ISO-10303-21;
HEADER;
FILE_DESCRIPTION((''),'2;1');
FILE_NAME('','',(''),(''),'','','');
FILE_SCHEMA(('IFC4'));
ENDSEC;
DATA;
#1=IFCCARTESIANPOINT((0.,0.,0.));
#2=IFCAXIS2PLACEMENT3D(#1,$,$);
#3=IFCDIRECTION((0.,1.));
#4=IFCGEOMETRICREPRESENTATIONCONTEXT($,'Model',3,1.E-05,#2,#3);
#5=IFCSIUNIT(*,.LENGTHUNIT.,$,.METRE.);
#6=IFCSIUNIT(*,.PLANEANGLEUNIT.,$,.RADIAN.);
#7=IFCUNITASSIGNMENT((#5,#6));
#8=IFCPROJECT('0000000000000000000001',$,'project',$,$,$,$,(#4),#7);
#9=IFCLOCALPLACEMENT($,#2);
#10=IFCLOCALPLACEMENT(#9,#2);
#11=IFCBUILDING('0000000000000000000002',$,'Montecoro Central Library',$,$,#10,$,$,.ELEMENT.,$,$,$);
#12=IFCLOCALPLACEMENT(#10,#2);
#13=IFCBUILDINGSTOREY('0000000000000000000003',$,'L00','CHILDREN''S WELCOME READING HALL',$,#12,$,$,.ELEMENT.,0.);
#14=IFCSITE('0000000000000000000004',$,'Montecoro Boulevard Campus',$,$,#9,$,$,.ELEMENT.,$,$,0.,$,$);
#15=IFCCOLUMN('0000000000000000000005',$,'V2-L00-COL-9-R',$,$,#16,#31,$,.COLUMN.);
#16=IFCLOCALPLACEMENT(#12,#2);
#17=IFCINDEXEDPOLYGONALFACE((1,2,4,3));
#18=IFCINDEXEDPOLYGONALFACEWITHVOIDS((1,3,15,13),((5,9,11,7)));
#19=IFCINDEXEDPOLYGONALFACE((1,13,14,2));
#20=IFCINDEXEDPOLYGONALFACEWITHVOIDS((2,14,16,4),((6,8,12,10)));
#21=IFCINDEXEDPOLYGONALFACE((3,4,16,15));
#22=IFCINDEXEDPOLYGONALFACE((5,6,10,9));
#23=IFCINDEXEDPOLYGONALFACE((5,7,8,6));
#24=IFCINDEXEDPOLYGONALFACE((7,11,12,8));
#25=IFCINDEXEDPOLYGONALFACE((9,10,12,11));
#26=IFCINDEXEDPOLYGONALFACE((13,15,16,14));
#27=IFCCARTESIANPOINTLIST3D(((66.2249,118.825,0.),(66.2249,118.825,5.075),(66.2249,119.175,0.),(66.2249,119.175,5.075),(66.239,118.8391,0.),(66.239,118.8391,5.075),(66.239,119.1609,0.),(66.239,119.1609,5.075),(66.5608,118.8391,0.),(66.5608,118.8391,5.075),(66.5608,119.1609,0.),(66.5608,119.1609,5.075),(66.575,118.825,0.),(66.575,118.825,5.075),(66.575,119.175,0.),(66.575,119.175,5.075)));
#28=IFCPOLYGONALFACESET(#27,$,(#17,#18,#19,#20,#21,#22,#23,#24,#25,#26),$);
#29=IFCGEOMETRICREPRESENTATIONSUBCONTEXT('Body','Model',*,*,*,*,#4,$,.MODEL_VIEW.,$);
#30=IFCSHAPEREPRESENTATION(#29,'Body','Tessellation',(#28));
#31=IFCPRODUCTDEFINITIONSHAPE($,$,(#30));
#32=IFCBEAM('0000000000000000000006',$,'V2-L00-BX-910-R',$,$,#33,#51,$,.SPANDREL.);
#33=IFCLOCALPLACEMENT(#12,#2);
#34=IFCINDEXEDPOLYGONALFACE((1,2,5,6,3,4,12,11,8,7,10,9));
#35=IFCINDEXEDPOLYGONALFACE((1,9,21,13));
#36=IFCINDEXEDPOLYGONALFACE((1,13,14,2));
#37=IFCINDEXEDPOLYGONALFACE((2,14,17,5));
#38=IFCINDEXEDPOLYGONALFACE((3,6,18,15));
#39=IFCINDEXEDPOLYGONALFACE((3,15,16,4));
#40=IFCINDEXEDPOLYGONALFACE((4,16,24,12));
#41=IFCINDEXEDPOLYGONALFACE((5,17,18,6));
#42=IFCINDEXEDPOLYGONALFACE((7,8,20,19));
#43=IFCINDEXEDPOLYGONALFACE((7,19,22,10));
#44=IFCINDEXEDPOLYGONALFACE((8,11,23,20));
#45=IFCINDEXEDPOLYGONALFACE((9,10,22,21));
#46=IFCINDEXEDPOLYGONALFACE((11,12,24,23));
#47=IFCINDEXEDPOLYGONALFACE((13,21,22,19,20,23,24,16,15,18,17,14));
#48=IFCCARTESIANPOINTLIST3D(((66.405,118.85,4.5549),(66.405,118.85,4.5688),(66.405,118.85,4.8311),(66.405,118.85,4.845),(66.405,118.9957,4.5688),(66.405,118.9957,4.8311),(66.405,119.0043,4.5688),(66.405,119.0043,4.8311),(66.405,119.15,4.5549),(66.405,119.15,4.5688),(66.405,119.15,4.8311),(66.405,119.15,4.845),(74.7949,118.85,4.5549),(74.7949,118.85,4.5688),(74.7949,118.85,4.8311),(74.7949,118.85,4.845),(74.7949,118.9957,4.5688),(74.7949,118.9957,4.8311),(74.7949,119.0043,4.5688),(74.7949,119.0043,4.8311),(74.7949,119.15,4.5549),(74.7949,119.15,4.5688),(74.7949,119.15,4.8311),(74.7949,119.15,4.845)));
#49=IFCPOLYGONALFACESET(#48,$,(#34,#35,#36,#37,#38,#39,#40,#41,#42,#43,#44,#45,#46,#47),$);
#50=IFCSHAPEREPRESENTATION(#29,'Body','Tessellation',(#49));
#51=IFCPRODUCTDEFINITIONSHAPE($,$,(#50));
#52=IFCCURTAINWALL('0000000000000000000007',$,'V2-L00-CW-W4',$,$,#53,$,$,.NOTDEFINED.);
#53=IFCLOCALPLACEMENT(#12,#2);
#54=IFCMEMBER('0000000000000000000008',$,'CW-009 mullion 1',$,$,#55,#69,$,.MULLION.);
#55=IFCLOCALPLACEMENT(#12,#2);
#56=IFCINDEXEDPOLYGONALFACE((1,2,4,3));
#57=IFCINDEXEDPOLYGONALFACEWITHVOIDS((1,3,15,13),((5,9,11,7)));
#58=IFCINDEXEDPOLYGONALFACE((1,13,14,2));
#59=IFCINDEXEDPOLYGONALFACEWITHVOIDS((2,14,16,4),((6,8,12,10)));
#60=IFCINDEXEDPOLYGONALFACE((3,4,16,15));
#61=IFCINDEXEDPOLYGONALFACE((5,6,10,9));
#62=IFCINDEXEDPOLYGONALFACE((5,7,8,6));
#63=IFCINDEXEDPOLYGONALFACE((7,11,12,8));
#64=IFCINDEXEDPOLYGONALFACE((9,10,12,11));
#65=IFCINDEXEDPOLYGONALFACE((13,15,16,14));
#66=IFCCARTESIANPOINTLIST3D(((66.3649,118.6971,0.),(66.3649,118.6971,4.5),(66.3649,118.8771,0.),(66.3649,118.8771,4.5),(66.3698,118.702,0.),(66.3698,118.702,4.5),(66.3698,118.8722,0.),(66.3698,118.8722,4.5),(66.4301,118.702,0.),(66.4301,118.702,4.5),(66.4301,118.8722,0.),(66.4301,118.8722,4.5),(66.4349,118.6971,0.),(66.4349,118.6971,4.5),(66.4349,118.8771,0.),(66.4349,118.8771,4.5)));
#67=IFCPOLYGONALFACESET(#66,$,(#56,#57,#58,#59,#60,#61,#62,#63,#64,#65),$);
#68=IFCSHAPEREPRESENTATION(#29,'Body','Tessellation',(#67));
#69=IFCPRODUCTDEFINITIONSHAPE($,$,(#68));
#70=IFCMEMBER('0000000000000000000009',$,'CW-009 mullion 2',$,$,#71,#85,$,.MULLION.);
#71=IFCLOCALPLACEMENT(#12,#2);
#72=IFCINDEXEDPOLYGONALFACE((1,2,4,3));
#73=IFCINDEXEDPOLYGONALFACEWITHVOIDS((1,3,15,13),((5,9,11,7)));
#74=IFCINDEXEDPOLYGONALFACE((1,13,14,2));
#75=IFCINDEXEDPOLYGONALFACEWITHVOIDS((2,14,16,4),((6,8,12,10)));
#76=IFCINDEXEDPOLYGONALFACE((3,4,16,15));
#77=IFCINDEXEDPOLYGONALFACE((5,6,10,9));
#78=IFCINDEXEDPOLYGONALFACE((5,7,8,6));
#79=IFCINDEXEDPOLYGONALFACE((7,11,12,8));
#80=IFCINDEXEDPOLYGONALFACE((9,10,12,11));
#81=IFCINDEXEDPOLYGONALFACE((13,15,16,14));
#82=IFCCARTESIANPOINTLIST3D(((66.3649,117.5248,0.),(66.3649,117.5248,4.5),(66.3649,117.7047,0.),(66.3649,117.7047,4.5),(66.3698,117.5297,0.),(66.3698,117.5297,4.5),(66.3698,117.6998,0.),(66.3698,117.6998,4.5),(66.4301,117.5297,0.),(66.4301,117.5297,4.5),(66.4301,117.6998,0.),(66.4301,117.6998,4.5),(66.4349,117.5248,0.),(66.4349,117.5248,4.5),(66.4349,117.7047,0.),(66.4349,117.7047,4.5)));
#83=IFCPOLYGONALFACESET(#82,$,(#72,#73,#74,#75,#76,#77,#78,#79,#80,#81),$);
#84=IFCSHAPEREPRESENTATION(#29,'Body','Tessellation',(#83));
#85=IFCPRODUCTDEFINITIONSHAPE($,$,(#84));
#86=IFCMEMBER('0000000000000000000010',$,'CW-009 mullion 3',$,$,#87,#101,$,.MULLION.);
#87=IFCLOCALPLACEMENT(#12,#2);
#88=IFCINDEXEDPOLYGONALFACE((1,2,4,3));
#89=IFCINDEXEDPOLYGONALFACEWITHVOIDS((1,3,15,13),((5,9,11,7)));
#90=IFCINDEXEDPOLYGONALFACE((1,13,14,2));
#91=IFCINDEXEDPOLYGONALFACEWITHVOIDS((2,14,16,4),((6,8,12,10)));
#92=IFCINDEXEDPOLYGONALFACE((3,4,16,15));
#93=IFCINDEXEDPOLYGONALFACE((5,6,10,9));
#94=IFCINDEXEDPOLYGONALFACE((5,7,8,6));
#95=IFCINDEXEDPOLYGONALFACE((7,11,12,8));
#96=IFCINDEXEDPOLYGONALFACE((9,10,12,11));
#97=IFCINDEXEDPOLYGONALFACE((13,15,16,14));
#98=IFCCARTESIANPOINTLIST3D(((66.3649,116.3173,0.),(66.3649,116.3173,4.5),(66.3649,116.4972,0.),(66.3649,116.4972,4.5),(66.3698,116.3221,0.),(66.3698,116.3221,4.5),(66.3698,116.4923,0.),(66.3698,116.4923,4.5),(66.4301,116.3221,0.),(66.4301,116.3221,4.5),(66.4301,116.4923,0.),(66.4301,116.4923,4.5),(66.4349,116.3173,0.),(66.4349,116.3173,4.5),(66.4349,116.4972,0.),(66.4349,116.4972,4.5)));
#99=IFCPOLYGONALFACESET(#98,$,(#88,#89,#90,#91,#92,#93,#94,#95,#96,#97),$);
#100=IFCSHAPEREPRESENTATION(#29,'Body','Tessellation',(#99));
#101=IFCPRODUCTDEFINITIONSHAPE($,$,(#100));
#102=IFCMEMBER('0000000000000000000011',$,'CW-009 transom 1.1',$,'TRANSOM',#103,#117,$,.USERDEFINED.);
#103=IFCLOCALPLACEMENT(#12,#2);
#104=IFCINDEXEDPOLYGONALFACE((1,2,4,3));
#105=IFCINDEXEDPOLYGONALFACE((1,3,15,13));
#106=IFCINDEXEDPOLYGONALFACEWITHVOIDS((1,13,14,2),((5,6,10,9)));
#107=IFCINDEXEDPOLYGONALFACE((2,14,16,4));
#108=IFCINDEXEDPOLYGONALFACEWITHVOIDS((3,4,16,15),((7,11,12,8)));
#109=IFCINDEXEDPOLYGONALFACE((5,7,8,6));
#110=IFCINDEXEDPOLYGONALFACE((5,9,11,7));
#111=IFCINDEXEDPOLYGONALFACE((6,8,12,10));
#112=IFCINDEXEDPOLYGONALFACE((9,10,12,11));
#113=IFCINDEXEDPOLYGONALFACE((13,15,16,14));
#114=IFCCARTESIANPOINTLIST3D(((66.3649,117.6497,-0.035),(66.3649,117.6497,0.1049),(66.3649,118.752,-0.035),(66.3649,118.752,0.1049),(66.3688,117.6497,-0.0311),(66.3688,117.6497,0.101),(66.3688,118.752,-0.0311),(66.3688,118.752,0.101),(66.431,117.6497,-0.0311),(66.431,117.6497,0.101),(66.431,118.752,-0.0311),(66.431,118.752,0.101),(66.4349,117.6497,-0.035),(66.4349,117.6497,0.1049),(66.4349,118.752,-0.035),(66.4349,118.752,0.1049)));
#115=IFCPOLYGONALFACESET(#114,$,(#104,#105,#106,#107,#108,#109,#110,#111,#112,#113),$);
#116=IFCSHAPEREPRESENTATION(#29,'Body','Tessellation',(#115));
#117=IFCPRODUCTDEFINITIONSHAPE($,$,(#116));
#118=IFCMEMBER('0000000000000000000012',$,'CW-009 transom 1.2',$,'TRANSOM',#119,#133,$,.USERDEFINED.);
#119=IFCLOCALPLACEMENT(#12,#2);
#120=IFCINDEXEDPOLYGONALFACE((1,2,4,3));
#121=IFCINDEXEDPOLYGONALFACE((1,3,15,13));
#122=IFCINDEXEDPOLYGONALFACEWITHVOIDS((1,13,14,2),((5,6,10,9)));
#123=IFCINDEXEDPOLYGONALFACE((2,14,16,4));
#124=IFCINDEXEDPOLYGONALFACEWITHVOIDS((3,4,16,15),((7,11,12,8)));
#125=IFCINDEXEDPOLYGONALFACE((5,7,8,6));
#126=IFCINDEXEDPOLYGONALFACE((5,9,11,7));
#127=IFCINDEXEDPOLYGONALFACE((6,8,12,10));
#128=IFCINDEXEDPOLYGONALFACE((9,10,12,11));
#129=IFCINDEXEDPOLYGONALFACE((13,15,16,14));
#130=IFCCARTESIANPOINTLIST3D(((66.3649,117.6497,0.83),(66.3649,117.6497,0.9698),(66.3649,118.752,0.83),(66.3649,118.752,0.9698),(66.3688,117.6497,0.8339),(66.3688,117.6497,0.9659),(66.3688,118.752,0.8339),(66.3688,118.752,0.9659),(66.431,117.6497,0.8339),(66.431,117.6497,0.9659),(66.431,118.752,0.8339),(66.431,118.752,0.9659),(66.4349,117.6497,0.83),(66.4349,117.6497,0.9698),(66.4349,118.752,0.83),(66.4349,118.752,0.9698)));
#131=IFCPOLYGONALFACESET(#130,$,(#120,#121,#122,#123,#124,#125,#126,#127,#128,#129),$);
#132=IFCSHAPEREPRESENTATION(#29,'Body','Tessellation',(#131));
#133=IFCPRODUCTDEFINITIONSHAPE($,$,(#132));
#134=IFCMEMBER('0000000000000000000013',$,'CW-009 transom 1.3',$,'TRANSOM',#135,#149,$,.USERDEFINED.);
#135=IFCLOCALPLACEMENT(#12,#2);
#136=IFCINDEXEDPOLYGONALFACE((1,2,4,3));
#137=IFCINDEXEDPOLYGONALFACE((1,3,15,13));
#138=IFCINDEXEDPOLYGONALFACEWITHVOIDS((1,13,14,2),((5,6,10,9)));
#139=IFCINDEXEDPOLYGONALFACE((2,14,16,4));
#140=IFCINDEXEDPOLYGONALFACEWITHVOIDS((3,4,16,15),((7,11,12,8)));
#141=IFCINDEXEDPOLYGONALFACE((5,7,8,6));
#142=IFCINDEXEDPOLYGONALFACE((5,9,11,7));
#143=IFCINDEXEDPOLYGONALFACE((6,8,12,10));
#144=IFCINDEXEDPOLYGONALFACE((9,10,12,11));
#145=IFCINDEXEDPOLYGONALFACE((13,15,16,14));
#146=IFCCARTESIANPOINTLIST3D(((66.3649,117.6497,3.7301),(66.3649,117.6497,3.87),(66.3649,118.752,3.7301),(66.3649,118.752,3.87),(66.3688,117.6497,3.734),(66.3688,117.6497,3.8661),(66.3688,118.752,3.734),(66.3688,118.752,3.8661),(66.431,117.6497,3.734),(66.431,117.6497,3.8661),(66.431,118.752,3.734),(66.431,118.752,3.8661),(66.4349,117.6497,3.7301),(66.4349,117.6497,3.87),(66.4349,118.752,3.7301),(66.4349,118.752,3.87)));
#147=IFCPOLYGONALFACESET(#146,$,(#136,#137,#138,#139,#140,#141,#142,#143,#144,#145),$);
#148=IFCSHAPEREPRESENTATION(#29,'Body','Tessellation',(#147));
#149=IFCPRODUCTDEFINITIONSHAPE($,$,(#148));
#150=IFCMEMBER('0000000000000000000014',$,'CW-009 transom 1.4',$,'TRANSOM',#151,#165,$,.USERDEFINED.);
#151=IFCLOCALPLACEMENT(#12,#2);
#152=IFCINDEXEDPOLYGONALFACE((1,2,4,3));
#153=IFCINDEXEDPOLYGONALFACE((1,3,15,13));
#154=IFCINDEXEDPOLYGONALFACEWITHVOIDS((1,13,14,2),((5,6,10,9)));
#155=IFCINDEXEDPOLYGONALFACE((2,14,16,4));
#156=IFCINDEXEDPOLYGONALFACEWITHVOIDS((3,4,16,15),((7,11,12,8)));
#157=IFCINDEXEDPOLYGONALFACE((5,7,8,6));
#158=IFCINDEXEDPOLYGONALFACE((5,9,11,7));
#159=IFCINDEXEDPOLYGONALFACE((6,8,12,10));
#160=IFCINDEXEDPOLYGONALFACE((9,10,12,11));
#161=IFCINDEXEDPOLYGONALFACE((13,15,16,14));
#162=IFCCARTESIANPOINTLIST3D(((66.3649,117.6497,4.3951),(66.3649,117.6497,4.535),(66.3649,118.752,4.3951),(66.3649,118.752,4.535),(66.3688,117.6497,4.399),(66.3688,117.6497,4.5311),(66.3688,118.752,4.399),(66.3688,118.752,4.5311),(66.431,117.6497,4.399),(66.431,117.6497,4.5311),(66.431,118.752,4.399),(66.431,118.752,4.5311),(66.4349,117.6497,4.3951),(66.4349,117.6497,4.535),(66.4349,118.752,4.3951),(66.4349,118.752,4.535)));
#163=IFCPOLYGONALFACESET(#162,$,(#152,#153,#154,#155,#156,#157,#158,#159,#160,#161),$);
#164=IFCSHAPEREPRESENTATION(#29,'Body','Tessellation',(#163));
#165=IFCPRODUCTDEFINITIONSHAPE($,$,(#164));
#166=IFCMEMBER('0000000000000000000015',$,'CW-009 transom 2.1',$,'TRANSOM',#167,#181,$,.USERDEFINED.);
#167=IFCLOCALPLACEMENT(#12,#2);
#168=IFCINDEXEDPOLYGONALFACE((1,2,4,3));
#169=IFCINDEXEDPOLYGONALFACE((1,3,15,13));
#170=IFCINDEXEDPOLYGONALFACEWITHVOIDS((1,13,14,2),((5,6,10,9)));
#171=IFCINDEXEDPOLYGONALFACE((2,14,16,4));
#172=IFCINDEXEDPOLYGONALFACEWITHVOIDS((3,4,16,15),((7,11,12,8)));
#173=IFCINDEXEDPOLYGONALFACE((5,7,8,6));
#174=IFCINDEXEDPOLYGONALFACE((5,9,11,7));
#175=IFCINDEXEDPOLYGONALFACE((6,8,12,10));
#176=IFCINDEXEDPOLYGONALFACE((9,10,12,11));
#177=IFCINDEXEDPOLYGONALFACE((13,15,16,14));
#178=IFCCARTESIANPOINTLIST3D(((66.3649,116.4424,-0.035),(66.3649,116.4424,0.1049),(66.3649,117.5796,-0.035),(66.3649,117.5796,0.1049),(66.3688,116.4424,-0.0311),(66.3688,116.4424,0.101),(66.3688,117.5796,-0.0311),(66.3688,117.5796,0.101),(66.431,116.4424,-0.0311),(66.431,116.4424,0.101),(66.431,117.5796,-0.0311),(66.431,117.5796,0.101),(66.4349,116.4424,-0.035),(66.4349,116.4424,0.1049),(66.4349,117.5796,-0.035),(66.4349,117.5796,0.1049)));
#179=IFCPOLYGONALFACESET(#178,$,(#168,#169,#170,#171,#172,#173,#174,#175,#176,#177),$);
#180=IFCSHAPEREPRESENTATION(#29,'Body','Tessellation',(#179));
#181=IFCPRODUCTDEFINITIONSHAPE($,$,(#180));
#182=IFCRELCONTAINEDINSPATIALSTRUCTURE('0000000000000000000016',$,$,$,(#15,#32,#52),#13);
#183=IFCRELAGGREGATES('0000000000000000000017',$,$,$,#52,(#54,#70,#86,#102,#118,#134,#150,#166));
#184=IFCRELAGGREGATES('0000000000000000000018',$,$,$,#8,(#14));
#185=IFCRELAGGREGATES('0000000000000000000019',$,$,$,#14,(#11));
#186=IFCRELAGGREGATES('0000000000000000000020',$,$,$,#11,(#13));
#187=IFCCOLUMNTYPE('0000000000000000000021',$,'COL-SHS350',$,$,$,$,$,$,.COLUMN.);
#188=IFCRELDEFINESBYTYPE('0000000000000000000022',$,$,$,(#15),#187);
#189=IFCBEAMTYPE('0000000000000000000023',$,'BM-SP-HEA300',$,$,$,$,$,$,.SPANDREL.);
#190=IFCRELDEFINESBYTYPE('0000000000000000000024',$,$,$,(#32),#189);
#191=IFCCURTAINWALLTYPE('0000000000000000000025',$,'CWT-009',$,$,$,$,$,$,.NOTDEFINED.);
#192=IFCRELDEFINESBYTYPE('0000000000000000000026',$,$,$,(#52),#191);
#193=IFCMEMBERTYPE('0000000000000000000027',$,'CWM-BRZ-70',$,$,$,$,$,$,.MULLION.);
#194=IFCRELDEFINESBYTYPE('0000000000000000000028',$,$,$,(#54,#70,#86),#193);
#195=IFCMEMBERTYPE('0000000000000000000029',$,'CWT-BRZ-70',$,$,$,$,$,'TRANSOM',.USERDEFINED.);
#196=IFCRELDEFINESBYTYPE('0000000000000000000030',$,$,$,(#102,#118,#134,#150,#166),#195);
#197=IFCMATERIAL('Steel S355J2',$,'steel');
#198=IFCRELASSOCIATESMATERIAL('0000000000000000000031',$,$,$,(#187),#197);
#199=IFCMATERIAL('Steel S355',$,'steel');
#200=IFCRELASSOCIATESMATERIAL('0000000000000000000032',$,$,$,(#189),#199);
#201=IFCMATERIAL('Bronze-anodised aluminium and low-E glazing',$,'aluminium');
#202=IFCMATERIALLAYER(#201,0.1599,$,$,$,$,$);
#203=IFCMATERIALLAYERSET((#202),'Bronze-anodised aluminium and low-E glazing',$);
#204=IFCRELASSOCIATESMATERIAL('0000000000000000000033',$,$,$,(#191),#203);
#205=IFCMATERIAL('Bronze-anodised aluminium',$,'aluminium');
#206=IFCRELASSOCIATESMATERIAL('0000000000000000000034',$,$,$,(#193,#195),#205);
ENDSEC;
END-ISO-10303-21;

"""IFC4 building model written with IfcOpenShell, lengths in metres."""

from ifc_helpers import new_model, si_unit, direction, frame, origin, origin_2d, place, context, subcontext, project, spatial, hollow_rectangle, i_section, extrude, material, layer, layer_set, material_profile, profile_set, type_object, element, aggregate, save


model = new_model("IFC4")

# Units and contexts
model_context = context("Model", 3, precision=1e-05, world=origin(), true_north=direction((0.0, 1.0)))
body_context = subcontext(model_context, "Body", "Model", "MODEL_VIEW")
ifc_project = project(units=[si_unit("LENGTHUNIT", "METRE"), si_unit("PLANEANGLEUNIT", "RADIAN")], contexts=[model_context])

# Site, building, storey
site_placement = place(None, origin())
site = spatial("IfcSite", under=ifc_project, at=site_placement, Name="Montecoro Boulevard Campus", CompositionType="ELEMENT", RefElevation=0.0)
building_placement = place(site_placement, origin())
building = spatial("IfcBuilding", under=site, at=building_placement, Name="Montecoro Central Library", CompositionType="ELEMENT")
storey_placement = place(building_placement, origin())
storey = spatial("IfcBuildingStorey", under=building, at=storey_placement, Name="L00", Description="CHILDREN'S WELCOME READING HALL", CompositionType="ELEMENT", Elevation=0.0)

# Column
ifc_material_1 = material(Name="Steel S355J2", Category="steel")
ifc_material_profile_1 = material_profile(ifc_material_1, hollow_rectangle(XDim=0.3501, YDim=0.3501, WallThickness=0.0142, at=origin_2d()), Name="SHS 350x350x14.2")
ifc_profile_set_1 = profile_set([ifc_material_profile_1], Name="Steel S355J2")
column_type = type_object("IfcColumnType", Name="COL-SHS350", PredefinedType="COLUMN", material=ifc_profile_set_1)
column_placement = place(storey_placement, frame((66.3999, 119.0, 0.0), z_axis=(0.0, 0.0, 1.0), x_axis=(1.0, 0.0, 0.0)))
element("IfcColumn", 1, at=column_placement, inside=storey, type_object=column_type, Name="V2-L00-COL-9-R", PredefinedType="COLUMN", context=body_context, shape_type="SweptSolid", body=[
    extrude(hollow_rectangle(XDim=0.3501, YDim=0.3501, WallThickness=0.0142, at=origin_2d()), origin(), (0.0, 0.0, 1.0), 5.075),
])

# Beam
ifc_material_2 = material(Name="Steel S355", Category="steel")
ifc_material_profile_2 = material_profile(ifc_material_2, i_section(OverallWidth=0.3, OverallDepth=0.29, WebThickness=0.0085, FlangeThickness=0.0139, at=origin_2d()), Name="HEA 300")
ifc_profile_set_2 = profile_set([ifc_material_profile_2], Name="Steel S355")
beam_type = type_object("IfcBeamType", Name="BM-SP-HEA300", PredefinedType="SPANDREL", material=ifc_profile_set_2)
beam_placement = place(storey_placement, frame((66.405, 119.0, 4.7), z_axis=(1.0, 0.0, 0.0), x_axis=(0.0, 1.0, 0.0)))
element("IfcBeam", 2, at=beam_placement, inside=storey, type_object=beam_type, Name="V2-L00-BX-910-R", PredefinedType="SPANDREL", context=body_context, shape_type="SweptSolid", body=[
    extrude(i_section(OverallWidth=0.3, OverallDepth=0.29, WebThickness=0.0085, FlangeThickness=0.0139, at=origin_2d()), origin(), (0.0, 0.0, 1.0), 8.3899),
])

# Curtain wall, members
ifc_material_3 = material(Name="Bronze-anodised aluminium and low-E glazing", Category="aluminium")
ifc_layer_1 = layer(ifc_material_3, 0.1599)
ifc_layer_set_1 = layer_set([ifc_layer_1], Name="Bronze-anodised aluminium and low-E glazing")
curtain_wall_type = type_object("IfcCurtainWallType", Name="CWT-009", PredefinedType="NOTDEFINED", material=ifc_layer_set_1)
curtain_wall_placement = place(storey_placement, origin())
curtain_wall = element("IfcCurtainWall", 3, at=curtain_wall_placement, inside=storey, type_object=curtain_wall_type, Name="V2-L00-CW-W4", PredefinedType="NOTDEFINED")
ifc_material_4 = material(Name="Bronze-anodised aluminium", Category="aluminium")
ifc_material_profile_3 = material_profile(ifc_material_4, hollow_rectangle(XDim=0.0701, YDim=0.1799, WallThickness=0.0049, at=origin_2d()), Name="CWM 180x70x5.0")
ifc_profile_set_3 = profile_set([ifc_material_profile_3], Name="Bronze-anodised aluminium")
member_type_1 = type_object("IfcMemberType", Name="CWM-BRZ-70", PredefinedType="MULLION", material=ifc_profile_set_3)
member_1_placement = place(storey_placement, frame((66.3999, 118.7871, 0.0), z_axis=(0.0, 0.0, 1.0), x_axis=(1.0, 0.0, 0.0)))
member_1 = element("IfcMember", 4, at=member_1_placement, type_object=member_type_1, Name="CW-009 mullion 1", PredefinedType="MULLION", context=body_context, shape_type="SweptSolid", body=[
    extrude(hollow_rectangle(XDim=0.0701, YDim=0.1799, WallThickness=0.0049, at=origin_2d()), origin(), (0.0, 0.0, 1.0), 4.5),
])
member_2_placement = place(storey_placement, frame((66.3999, 117.6147, 0.0), z_axis=(0.0, 0.0, 1.0), x_axis=(1.0, 0.0, 0.0)))
member_2 = element("IfcMember", 5, at=member_2_placement, type_object=member_type_1, Name="CW-009 mullion 2", PredefinedType="MULLION", context=body_context, shape_type="SweptSolid", body=[
    extrude(hollow_rectangle(XDim=0.0701, YDim=0.1799, WallThickness=0.0049, at=origin_2d()), origin(), (0.0, 0.0, 1.0), 4.5),
])
member_3_placement = place(storey_placement, frame((66.3999, 116.4072, 0.0), z_axis=(0.0, 0.0, 1.0), x_axis=(1.0, 0.0, 0.0)))
member_3 = element("IfcMember", 6, at=member_3_placement, type_object=member_type_1, Name="CW-009 mullion 3", PredefinedType="MULLION", context=body_context, shape_type="SweptSolid", body=[
    extrude(hollow_rectangle(XDim=0.0701, YDim=0.1799, WallThickness=0.0049, at=origin_2d()), origin(), (0.0, 0.0, 1.0), 4.5),
])
ifc_material_profile_4 = material_profile(ifc_material_4, hollow_rectangle(XDim=0.0701, YDim=0.1399, WallThickness=0.0039, at=origin_2d()), Name="CWT 140x70x4.0")
ifc_profile_set_4 = profile_set([ifc_material_profile_4], Name="Bronze-anodised aluminium")
member_type_2 = type_object("IfcMemberType", Name="CWT-BRZ-70", ElementType="TRANSOM", PredefinedType="USERDEFINED", material=ifc_profile_set_4)
member_4_placement = place(storey_placement, frame((66.3999, 118.752, 0.0349), z_axis=(0.0, -1.0, 0.0), x_axis=(1.0, 0.0, 0.0)))
member_4 = element("IfcMember", 7, at=member_4_placement, type_object=member_type_2, Name="CW-009 transom 1.1", ObjectType="TRANSOM", PredefinedType="USERDEFINED", context=body_context, shape_type="SweptSolid", body=[
    extrude(hollow_rectangle(XDim=0.0701, YDim=0.1399, WallThickness=0.0039, at=origin_2d()), origin(), (0.0, 0.0, 1.0), 1.1023),
])
member_5_placement = place(storey_placement, frame((66.3999, 118.752, 0.8999), z_axis=(0.0, -1.0, 0.0), x_axis=(1.0, 0.0, 0.0)))
member_5 = element("IfcMember", 8, at=member_5_placement, type_object=member_type_2, Name="CW-009 transom 1.2", ObjectType="TRANSOM", PredefinedType="USERDEFINED", context=body_context, shape_type="SweptSolid", body=[
    extrude(hollow_rectangle(XDim=0.0701, YDim=0.1399, WallThickness=0.0039, at=origin_2d()), origin(), (0.0, 0.0, 1.0), 1.1023),
])
member_6_placement = place(storey_placement, frame((66.3999, 118.752, 3.8), z_axis=(0.0, -1.0, 0.0), x_axis=(1.0, 0.0, 0.0)))
member_6 = element("IfcMember", 9, at=member_6_placement, type_object=member_type_2, Name="CW-009 transom 1.3", ObjectType="TRANSOM", PredefinedType="USERDEFINED", context=body_context, shape_type="SweptSolid", body=[
    extrude(hollow_rectangle(XDim=0.0701, YDim=0.1399, WallThickness=0.0039, at=origin_2d()), origin(), (0.0, 0.0, 1.0), 1.1023),
])
member_7_placement = place(storey_placement, frame((66.3999, 118.752, 4.4651), z_axis=(0.0, -1.0, 0.0), x_axis=(1.0, 0.0, 0.0)))
member_7 = element("IfcMember", 10, at=member_7_placement, type_object=member_type_2, Name="CW-009 transom 1.4", ObjectType="TRANSOM", PredefinedType="USERDEFINED", context=body_context, shape_type="SweptSolid", body=[
    extrude(hollow_rectangle(XDim=0.0701, YDim=0.1399, WallThickness=0.0039, at=origin_2d()), origin(), (0.0, 0.0, 1.0), 1.1023),
])
member_8_placement = place(storey_placement, frame((66.3999, 117.5796, 0.0349), z_axis=(0.0, -1.0, 0.0), x_axis=(1.0, 0.0, 0.0)))
member_8 = element("IfcMember", 11, at=member_8_placement, type_object=member_type_2, Name="CW-009 transom 2.1", ObjectType="TRANSOM", PredefinedType="USERDEFINED", context=body_context, shape_type="SweptSolid", body=[
    extrude(hollow_rectangle(XDim=0.0701, YDim=0.1399, WallThickness=0.0039, at=origin_2d()), origin(), (0.0, 0.0, 1.0), 1.1372),
])
aggregate(curtain_wall, [member_1, member_2, member_3, member_4, member_5, member_6, member_7, member_8])

save(model, "model.ifc")
